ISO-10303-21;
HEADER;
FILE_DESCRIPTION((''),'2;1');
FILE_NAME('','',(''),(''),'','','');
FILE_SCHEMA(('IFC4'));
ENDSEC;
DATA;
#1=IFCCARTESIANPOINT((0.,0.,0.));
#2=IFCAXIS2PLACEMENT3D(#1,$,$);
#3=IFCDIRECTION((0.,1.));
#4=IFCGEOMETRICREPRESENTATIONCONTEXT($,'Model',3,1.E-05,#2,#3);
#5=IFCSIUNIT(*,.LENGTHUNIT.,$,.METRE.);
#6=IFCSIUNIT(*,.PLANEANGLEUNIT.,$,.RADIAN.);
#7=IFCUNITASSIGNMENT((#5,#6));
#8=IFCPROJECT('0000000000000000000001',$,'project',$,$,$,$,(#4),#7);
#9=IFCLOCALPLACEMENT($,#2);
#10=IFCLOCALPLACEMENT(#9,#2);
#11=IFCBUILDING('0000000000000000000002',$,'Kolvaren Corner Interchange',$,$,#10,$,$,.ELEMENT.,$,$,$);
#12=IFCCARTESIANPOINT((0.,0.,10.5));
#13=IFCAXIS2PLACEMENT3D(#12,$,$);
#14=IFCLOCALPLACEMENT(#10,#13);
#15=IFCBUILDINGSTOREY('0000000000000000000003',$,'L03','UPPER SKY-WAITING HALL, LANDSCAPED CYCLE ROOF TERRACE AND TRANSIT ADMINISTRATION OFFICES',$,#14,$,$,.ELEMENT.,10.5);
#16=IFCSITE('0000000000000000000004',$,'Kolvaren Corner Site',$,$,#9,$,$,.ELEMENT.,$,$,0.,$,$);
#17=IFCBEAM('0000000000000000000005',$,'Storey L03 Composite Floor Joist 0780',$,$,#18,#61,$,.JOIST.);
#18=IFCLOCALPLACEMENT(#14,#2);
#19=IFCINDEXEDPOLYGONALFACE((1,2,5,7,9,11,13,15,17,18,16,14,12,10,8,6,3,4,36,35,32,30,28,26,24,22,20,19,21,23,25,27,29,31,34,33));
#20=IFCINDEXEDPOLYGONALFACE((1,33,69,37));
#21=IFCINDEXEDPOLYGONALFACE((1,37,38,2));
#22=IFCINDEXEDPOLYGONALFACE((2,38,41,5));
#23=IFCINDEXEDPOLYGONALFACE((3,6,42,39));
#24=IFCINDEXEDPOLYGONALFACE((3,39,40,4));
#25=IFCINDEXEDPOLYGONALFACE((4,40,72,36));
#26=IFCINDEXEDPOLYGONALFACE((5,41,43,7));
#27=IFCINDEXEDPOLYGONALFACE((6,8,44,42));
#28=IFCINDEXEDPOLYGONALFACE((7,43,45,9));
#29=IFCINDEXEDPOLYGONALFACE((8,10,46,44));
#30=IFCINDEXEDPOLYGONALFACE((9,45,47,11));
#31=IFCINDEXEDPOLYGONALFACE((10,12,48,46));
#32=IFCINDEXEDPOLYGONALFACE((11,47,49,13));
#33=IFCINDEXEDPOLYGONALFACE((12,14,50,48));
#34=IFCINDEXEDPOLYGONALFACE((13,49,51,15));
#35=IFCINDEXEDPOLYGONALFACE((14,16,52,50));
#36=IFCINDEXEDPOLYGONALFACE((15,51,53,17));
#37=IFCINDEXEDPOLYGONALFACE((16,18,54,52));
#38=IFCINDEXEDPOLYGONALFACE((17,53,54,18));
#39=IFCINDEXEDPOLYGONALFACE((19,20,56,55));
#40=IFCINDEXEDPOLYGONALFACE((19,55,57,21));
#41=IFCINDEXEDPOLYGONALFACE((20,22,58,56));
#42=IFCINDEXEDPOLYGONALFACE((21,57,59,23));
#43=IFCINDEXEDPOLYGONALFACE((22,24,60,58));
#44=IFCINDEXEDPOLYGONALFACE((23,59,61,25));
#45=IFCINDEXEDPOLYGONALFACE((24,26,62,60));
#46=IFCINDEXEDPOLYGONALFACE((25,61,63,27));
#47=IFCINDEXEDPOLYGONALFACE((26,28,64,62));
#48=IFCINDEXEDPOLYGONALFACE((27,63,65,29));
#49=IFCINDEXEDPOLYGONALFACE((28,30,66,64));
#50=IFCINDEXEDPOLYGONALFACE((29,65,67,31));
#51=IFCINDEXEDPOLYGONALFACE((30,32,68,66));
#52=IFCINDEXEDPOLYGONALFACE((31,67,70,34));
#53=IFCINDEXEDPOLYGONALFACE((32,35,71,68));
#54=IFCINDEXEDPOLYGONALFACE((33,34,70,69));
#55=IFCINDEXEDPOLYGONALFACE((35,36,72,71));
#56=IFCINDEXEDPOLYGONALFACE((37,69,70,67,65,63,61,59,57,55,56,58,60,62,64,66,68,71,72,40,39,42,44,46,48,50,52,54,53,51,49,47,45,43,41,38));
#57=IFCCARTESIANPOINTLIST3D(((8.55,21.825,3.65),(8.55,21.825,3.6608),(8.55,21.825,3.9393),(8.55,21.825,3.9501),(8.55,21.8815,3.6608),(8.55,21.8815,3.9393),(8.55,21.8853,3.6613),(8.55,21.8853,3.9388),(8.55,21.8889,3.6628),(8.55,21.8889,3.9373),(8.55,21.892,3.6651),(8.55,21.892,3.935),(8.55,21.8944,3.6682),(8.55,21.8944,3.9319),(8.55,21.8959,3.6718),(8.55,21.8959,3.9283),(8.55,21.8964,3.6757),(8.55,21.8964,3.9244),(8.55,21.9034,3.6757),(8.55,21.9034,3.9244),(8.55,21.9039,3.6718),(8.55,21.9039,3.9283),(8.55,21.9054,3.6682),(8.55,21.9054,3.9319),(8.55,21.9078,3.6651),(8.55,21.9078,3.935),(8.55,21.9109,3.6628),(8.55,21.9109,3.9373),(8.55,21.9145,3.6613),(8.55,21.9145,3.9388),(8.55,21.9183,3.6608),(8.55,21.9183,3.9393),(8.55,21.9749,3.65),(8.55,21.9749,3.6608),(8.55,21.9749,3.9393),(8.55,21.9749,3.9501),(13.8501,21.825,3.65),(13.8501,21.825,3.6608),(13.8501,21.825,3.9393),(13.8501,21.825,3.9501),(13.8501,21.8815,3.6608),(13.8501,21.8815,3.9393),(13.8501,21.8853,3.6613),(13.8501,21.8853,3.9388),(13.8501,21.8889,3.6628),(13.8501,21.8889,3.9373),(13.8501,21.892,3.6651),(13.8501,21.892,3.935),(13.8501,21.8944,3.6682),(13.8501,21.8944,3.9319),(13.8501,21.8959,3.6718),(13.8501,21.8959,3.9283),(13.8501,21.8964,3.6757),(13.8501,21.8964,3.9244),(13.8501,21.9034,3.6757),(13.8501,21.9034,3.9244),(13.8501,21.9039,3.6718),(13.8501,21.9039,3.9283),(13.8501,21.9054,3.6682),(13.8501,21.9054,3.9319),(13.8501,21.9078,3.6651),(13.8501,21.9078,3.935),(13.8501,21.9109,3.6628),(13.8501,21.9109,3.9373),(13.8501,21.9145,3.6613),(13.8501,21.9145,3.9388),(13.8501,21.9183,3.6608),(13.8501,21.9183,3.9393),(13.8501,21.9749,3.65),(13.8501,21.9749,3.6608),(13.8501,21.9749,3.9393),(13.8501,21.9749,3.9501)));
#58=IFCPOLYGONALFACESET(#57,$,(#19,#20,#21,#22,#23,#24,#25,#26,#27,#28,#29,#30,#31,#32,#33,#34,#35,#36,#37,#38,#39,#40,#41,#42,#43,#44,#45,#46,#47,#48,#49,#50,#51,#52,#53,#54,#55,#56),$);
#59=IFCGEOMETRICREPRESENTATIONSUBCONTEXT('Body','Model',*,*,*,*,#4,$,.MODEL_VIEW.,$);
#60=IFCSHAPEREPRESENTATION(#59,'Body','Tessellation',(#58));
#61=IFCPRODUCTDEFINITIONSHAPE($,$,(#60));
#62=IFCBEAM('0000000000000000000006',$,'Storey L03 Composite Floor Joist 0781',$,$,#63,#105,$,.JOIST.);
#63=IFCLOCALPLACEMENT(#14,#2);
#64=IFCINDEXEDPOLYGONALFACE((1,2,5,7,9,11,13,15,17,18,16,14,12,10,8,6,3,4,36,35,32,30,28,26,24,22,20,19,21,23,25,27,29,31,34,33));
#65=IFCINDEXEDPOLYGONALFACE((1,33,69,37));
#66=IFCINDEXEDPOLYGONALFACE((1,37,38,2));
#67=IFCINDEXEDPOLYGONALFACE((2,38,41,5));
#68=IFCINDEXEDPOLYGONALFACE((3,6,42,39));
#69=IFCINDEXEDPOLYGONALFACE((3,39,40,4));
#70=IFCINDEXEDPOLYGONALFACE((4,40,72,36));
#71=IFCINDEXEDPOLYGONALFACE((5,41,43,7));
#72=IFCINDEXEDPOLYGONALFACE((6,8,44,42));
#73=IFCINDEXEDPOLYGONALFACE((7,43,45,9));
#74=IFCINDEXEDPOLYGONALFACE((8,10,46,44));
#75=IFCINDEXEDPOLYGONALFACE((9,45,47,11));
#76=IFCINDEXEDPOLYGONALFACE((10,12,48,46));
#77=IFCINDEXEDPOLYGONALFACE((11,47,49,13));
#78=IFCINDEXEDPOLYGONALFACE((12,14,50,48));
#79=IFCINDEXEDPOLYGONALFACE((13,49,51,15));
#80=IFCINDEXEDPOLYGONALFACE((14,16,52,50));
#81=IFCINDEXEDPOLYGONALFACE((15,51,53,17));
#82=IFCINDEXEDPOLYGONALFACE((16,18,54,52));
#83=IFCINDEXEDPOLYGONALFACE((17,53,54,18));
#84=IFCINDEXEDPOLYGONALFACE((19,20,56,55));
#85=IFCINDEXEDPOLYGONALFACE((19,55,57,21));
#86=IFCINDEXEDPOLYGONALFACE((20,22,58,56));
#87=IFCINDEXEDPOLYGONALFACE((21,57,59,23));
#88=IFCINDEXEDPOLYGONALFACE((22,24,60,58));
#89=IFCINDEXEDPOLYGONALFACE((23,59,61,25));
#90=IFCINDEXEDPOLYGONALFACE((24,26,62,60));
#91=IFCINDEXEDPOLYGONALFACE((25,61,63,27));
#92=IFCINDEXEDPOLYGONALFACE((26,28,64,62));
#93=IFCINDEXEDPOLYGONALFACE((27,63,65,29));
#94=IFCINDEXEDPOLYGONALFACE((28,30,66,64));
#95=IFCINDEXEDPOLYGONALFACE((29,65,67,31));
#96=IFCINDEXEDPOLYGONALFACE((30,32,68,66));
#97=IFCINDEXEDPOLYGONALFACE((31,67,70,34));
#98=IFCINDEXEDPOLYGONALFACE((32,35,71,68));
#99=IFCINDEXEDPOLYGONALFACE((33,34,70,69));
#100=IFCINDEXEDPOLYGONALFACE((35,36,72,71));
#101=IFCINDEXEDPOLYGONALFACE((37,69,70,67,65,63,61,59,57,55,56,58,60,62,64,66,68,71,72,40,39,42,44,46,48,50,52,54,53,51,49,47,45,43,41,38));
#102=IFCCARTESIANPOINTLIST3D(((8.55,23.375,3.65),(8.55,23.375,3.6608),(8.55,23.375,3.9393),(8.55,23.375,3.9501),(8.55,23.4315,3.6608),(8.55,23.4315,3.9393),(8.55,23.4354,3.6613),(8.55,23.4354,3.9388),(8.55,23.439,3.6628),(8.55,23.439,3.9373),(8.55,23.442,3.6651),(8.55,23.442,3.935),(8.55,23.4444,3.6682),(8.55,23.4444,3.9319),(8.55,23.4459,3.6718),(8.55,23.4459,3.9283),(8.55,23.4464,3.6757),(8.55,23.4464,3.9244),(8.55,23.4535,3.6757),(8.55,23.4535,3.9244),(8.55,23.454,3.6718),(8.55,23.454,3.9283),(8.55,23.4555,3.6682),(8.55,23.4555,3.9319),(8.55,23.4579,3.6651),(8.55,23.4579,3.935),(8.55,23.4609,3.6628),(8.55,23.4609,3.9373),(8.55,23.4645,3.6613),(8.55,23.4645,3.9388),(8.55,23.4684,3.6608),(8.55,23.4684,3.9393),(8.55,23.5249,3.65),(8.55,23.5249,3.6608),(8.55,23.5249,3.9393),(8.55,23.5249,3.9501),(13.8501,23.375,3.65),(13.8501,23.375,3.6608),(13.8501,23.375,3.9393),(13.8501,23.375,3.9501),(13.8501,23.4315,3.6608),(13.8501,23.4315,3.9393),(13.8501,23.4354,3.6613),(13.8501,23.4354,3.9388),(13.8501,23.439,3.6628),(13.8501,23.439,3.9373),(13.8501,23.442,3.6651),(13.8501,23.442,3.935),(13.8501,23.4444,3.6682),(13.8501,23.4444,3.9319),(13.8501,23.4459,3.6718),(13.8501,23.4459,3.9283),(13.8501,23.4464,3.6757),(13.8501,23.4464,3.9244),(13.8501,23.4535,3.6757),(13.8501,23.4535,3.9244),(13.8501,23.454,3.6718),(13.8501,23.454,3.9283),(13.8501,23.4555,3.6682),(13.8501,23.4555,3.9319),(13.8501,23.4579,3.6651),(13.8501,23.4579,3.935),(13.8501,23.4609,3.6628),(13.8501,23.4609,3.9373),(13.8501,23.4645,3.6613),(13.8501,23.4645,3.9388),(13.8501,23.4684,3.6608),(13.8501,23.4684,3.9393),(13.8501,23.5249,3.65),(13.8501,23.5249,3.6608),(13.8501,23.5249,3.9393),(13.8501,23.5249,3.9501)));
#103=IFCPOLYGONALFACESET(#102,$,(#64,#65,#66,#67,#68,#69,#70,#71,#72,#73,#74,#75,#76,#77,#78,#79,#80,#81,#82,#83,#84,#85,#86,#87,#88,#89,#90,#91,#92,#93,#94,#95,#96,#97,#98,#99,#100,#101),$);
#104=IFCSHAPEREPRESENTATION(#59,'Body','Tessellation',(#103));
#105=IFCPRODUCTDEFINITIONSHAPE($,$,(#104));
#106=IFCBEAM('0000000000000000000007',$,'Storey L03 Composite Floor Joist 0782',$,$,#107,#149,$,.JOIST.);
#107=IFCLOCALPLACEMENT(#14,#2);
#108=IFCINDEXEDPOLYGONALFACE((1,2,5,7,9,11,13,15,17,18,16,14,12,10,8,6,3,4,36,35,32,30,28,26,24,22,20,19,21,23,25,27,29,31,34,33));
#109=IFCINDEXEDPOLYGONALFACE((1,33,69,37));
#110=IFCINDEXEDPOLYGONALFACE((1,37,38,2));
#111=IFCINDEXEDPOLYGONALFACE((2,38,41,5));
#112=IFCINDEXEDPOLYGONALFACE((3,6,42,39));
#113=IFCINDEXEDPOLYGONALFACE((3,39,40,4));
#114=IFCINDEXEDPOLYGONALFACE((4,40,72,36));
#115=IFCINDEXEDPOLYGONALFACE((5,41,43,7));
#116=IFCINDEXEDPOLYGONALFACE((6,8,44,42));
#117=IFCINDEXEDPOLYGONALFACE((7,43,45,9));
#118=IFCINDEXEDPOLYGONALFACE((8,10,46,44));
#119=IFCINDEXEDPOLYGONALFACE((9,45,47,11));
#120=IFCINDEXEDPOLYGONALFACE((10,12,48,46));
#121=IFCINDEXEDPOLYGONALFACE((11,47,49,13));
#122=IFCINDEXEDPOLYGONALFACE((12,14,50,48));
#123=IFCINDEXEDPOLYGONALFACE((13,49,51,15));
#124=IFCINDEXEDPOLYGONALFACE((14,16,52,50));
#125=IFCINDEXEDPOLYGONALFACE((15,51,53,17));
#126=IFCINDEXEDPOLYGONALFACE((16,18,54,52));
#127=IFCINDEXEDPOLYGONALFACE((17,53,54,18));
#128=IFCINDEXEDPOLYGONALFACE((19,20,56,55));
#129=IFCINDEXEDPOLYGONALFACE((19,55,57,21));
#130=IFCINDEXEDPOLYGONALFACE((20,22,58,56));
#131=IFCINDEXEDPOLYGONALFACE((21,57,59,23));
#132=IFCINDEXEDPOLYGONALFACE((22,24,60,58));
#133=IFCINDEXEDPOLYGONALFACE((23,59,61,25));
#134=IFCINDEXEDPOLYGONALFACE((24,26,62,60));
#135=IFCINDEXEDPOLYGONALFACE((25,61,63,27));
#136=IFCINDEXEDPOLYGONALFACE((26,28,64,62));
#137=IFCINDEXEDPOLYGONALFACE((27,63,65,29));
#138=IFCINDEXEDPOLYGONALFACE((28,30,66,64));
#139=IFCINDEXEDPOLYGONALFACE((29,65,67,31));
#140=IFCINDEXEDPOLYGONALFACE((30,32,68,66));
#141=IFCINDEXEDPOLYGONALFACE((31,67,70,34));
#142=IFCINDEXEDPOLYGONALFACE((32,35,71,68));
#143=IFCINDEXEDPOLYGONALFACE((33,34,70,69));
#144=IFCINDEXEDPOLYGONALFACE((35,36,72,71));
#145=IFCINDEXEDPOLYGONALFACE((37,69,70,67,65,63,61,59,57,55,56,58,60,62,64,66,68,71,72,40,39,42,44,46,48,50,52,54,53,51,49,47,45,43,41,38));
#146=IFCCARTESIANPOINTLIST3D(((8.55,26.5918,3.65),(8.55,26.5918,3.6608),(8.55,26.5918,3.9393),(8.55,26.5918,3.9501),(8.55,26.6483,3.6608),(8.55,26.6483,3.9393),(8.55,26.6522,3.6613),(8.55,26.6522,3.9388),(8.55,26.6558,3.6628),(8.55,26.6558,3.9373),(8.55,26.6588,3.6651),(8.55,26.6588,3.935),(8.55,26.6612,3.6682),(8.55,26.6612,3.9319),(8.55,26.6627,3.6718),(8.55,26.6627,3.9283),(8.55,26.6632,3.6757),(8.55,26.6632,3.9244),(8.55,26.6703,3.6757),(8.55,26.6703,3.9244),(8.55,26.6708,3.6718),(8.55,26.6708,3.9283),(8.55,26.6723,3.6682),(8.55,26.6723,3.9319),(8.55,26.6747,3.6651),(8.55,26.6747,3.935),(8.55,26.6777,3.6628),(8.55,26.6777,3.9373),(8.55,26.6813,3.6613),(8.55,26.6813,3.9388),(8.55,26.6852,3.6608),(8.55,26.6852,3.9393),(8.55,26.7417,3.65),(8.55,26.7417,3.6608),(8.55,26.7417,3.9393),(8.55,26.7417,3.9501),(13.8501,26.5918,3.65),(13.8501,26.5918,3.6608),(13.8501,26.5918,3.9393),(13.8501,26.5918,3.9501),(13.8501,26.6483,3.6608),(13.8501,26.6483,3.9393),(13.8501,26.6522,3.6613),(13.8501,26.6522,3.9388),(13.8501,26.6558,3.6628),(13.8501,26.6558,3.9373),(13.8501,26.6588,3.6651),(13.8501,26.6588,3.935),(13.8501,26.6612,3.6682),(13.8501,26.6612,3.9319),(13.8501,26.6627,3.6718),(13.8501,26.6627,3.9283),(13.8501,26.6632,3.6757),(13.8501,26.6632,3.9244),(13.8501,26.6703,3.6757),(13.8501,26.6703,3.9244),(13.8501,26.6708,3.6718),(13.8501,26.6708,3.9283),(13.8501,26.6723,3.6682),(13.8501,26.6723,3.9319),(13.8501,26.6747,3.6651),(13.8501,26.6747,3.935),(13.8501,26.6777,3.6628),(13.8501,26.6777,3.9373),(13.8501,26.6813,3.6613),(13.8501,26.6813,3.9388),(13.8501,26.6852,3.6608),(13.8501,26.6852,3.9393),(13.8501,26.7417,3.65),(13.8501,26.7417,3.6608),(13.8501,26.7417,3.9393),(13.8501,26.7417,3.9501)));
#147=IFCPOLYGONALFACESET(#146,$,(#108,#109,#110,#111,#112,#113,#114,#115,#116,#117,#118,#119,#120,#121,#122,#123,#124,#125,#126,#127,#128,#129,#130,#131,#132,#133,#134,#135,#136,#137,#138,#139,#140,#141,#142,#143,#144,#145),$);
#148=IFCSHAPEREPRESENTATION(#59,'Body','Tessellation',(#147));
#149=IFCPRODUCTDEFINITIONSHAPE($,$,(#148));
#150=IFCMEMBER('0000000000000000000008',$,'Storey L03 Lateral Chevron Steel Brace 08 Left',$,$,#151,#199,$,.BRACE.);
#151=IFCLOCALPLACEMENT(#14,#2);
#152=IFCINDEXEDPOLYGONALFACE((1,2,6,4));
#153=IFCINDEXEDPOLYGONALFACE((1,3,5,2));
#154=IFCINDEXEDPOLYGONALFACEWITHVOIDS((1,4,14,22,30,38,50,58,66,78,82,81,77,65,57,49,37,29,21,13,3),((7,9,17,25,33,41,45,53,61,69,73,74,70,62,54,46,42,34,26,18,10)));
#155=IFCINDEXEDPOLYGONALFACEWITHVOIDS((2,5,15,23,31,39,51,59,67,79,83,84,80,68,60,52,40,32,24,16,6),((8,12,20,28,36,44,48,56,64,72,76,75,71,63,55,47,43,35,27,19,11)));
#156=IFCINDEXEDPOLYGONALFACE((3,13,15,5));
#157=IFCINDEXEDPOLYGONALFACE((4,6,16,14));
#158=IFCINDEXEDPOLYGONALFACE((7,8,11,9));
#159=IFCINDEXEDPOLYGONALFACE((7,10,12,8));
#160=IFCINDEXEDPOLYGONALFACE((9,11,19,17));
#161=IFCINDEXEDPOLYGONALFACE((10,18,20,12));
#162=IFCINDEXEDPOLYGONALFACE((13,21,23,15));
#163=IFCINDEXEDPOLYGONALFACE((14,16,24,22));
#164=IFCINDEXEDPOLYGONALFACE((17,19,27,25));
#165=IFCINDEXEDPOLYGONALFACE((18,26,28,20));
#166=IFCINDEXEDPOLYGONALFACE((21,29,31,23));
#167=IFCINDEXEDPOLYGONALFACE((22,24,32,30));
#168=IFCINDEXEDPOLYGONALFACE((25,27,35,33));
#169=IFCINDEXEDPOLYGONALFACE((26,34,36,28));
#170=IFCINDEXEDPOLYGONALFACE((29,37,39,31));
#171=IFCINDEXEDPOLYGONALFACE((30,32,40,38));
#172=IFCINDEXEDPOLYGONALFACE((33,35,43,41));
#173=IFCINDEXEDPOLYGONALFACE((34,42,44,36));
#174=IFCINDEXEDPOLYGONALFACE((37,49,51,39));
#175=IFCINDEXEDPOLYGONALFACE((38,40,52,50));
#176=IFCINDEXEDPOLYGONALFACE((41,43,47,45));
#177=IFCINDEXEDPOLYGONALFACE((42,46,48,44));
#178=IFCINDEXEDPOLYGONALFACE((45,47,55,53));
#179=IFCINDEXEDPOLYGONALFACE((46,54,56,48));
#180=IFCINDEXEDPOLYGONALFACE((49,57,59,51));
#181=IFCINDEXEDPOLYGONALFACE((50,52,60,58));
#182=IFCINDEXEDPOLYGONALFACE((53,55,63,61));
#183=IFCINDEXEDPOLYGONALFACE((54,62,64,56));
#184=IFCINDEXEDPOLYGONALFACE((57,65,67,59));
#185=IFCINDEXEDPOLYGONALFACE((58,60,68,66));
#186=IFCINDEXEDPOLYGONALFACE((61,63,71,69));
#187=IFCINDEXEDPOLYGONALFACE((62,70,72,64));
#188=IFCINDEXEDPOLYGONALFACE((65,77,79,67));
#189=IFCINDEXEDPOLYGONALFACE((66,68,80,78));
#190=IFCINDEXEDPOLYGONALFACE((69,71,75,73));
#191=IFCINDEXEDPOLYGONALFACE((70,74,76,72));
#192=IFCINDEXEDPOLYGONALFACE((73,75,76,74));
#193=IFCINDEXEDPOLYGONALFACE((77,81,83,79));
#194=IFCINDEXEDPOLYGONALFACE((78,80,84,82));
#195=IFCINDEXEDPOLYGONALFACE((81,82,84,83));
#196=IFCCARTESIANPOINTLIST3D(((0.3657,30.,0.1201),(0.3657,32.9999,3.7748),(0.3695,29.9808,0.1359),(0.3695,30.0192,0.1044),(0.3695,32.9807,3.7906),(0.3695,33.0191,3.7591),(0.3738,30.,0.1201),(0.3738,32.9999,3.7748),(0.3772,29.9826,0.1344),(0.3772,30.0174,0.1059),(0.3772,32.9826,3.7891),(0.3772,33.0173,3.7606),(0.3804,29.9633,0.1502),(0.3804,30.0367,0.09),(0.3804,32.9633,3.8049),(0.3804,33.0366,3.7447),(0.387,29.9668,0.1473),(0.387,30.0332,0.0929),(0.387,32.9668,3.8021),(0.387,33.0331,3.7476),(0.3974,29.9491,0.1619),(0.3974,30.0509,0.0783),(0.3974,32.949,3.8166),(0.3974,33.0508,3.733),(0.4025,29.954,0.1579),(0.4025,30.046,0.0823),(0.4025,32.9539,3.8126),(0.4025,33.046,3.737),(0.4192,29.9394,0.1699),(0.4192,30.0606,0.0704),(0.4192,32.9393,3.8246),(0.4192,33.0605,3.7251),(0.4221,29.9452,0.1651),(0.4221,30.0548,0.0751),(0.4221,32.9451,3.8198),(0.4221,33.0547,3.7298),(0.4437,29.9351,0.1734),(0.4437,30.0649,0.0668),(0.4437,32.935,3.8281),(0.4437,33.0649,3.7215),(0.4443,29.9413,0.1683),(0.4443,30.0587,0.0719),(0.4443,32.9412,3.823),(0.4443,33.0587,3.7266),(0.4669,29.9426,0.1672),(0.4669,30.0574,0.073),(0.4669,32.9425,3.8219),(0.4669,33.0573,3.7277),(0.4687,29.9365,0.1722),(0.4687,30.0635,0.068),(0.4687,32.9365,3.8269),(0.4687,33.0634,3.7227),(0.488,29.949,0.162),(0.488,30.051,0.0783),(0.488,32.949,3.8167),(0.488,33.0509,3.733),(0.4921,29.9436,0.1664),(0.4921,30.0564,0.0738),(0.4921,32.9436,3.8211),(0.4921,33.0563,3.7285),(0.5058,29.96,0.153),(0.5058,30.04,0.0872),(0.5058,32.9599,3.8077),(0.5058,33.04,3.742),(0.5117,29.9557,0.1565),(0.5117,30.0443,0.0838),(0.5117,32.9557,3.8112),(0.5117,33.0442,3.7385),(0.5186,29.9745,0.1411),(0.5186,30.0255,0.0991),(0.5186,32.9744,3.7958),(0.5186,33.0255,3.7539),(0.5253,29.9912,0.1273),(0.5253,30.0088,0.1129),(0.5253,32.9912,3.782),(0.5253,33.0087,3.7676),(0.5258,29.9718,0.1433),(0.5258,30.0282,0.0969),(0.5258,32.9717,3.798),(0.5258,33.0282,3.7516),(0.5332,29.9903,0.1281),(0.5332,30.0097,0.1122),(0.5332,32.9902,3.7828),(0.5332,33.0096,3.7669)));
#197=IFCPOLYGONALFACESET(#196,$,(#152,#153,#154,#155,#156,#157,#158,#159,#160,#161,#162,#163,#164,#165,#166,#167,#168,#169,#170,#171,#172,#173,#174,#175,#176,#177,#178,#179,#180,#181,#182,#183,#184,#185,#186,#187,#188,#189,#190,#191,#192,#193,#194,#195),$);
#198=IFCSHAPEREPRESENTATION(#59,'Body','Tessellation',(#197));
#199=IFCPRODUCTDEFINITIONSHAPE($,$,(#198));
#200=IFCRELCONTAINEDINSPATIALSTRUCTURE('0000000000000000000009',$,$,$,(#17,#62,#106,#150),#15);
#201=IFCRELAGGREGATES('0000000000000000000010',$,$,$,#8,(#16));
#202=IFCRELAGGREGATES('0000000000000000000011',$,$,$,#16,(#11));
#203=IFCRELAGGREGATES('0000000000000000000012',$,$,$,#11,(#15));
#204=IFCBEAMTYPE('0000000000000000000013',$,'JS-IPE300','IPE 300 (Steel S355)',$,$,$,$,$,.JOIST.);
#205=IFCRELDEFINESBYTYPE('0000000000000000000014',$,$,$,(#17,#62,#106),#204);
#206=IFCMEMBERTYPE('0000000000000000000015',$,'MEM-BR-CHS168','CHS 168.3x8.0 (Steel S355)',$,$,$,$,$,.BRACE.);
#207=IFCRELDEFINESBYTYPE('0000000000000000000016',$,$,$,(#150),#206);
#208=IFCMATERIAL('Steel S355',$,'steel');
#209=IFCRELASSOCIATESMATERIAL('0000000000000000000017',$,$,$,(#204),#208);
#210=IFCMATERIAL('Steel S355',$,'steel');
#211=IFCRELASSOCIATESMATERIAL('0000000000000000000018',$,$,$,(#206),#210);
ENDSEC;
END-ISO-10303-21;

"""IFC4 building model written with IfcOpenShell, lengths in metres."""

from ifc_helpers import new_model, si_unit, direction, frame, origin, origin_2d, place, context, subcontext, project, spatial, hollow_circle, i_section, extrude, material, material_profile, profile_set, type_object, element, save


model = new_model("IFC4")

# Units and contexts
model_context = context("Model", 3, precision=1e-05, world=origin(), true_north=direction((0.0, 1.0)))
body_context = subcontext(model_context, "Body", "Model", "MODEL_VIEW")
ifc_project = project(units=[si_unit("LENGTHUNIT", "METRE"), si_unit("PLANEANGLEUNIT", "RADIAN")], contexts=[model_context])

# Site, building, storey
site_placement = place(None, origin())
site = spatial("IfcSite", under=ifc_project, at=site_placement, Name="Kolvaren Corner Site", CompositionType="ELEMENT", RefElevation=0.0)
building_placement = place(site_placement, origin())
building = spatial("IfcBuilding", under=site, at=building_placement, Name="Kolvaren Corner Interchange", CompositionType="ELEMENT")
storey_placement = place(building_placement, frame((0.0, 0.0, 10.5)))
storey = spatial("IfcBuildingStorey", under=building, at=storey_placement, Name="L03", Description="UPPER SKY-WAITING HALL, LANDSCAPED CYCLE ROOF TERRACE AND TRANSIT ADMINISTRATION OFFICES", CompositionType="ELEMENT", Elevation=10.5)

# Beams
ifc_material_1 = material(Name="Steel S355", Category="steel")
ifc_material_profile_1 = material_profile(ifc_material_1, i_section(OverallWidth=0.1499, OverallDepth=0.3, WebThickness=0.0071, FlangeThickness=0.0107, FilletRadius=0.0149, at=origin_2d()), Name="IPE 300")
ifc_profile_set_1 = profile_set([ifc_material_profile_1], Name="Steel S355")
beam_type_1 = type_object("IfcBeamType", Name="JS-IPE300", Description="IPE 300 (Steel S355)", PredefinedType="JOIST", material=ifc_profile_set_1)
for number, where, z_axis, x_axis, name in (
    (1, (8.55, 21.8999, 3.8), (1.0, 0.0, 0.0), (0.0, 1.0, 0.0), "Storey L03 Composite Floor Joist 0780"),
    (2, (8.55, 23.45, 3.8), (1.0, 0.0, 0.0), (0.0, 1.0, 0.0), "Storey L03 Composite Floor Joist 0781"),
    (3, (8.55, 26.6667, 3.8), (1.0, 0.0, 0.0), (0.0, 1.0, 0.0), "Storey L03 Composite Floor Joist 0782"),
):
    element("IfcBeam", number, at=place(storey_placement, frame(where, z_axis=z_axis, x_axis=x_axis)), inside=storey, type_object=beam_type_1, Name=name, PredefinedType="JOIST", context=body_context, shape_type="SweptSolid", body=[
        extrude(i_section(OverallWidth=0.1499, OverallDepth=0.3, WebThickness=0.0071, FlangeThickness=0.0107, FilletRadius=0.0149, at=origin_2d()), origin(), (0.0, 0.0, 1.0), 5.3),
    ])

# Member
ifc_material_2 = material(Name="Steel S355", Category="steel")
ifc_material_profile_2 = material_profile(ifc_material_2, hollow_circle(Radius=0.0842, WallThickness=0.0081, at=origin_2d()), Name="CHS 168.3x8.0")
ifc_profile_set_2 = profile_set([ifc_material_profile_2], Name="Steel S355")
member_type = type_object("IfcMemberType", Name="MEM-BR-CHS168", Description="CHS 168.3x8.0 (Steel S355)", PredefinedType="BRACE", material=ifc_profile_set_2)
member_placement = place(storey_placement, frame((0.45, 30.0, 0.1201), z_axis=(0.0, 0.634469, 0.772949), x_axis=(-1.0, 0.0, 0.0)))
element("IfcMember", 4, at=member_placement, inside=storey, type_object=member_type, Name="Storey L03 Lateral Chevron Steel Brace 08 Left", PredefinedType="BRACE", context=body_context, shape_type="SweptSolid", body=[
    extrude(hollow_circle(Radius=0.0842, WallThickness=0.0081, at=origin_2d()), origin(), (0.0, 0.0, 1.0), 4.7283),
])

save(model, "model.ifc")
